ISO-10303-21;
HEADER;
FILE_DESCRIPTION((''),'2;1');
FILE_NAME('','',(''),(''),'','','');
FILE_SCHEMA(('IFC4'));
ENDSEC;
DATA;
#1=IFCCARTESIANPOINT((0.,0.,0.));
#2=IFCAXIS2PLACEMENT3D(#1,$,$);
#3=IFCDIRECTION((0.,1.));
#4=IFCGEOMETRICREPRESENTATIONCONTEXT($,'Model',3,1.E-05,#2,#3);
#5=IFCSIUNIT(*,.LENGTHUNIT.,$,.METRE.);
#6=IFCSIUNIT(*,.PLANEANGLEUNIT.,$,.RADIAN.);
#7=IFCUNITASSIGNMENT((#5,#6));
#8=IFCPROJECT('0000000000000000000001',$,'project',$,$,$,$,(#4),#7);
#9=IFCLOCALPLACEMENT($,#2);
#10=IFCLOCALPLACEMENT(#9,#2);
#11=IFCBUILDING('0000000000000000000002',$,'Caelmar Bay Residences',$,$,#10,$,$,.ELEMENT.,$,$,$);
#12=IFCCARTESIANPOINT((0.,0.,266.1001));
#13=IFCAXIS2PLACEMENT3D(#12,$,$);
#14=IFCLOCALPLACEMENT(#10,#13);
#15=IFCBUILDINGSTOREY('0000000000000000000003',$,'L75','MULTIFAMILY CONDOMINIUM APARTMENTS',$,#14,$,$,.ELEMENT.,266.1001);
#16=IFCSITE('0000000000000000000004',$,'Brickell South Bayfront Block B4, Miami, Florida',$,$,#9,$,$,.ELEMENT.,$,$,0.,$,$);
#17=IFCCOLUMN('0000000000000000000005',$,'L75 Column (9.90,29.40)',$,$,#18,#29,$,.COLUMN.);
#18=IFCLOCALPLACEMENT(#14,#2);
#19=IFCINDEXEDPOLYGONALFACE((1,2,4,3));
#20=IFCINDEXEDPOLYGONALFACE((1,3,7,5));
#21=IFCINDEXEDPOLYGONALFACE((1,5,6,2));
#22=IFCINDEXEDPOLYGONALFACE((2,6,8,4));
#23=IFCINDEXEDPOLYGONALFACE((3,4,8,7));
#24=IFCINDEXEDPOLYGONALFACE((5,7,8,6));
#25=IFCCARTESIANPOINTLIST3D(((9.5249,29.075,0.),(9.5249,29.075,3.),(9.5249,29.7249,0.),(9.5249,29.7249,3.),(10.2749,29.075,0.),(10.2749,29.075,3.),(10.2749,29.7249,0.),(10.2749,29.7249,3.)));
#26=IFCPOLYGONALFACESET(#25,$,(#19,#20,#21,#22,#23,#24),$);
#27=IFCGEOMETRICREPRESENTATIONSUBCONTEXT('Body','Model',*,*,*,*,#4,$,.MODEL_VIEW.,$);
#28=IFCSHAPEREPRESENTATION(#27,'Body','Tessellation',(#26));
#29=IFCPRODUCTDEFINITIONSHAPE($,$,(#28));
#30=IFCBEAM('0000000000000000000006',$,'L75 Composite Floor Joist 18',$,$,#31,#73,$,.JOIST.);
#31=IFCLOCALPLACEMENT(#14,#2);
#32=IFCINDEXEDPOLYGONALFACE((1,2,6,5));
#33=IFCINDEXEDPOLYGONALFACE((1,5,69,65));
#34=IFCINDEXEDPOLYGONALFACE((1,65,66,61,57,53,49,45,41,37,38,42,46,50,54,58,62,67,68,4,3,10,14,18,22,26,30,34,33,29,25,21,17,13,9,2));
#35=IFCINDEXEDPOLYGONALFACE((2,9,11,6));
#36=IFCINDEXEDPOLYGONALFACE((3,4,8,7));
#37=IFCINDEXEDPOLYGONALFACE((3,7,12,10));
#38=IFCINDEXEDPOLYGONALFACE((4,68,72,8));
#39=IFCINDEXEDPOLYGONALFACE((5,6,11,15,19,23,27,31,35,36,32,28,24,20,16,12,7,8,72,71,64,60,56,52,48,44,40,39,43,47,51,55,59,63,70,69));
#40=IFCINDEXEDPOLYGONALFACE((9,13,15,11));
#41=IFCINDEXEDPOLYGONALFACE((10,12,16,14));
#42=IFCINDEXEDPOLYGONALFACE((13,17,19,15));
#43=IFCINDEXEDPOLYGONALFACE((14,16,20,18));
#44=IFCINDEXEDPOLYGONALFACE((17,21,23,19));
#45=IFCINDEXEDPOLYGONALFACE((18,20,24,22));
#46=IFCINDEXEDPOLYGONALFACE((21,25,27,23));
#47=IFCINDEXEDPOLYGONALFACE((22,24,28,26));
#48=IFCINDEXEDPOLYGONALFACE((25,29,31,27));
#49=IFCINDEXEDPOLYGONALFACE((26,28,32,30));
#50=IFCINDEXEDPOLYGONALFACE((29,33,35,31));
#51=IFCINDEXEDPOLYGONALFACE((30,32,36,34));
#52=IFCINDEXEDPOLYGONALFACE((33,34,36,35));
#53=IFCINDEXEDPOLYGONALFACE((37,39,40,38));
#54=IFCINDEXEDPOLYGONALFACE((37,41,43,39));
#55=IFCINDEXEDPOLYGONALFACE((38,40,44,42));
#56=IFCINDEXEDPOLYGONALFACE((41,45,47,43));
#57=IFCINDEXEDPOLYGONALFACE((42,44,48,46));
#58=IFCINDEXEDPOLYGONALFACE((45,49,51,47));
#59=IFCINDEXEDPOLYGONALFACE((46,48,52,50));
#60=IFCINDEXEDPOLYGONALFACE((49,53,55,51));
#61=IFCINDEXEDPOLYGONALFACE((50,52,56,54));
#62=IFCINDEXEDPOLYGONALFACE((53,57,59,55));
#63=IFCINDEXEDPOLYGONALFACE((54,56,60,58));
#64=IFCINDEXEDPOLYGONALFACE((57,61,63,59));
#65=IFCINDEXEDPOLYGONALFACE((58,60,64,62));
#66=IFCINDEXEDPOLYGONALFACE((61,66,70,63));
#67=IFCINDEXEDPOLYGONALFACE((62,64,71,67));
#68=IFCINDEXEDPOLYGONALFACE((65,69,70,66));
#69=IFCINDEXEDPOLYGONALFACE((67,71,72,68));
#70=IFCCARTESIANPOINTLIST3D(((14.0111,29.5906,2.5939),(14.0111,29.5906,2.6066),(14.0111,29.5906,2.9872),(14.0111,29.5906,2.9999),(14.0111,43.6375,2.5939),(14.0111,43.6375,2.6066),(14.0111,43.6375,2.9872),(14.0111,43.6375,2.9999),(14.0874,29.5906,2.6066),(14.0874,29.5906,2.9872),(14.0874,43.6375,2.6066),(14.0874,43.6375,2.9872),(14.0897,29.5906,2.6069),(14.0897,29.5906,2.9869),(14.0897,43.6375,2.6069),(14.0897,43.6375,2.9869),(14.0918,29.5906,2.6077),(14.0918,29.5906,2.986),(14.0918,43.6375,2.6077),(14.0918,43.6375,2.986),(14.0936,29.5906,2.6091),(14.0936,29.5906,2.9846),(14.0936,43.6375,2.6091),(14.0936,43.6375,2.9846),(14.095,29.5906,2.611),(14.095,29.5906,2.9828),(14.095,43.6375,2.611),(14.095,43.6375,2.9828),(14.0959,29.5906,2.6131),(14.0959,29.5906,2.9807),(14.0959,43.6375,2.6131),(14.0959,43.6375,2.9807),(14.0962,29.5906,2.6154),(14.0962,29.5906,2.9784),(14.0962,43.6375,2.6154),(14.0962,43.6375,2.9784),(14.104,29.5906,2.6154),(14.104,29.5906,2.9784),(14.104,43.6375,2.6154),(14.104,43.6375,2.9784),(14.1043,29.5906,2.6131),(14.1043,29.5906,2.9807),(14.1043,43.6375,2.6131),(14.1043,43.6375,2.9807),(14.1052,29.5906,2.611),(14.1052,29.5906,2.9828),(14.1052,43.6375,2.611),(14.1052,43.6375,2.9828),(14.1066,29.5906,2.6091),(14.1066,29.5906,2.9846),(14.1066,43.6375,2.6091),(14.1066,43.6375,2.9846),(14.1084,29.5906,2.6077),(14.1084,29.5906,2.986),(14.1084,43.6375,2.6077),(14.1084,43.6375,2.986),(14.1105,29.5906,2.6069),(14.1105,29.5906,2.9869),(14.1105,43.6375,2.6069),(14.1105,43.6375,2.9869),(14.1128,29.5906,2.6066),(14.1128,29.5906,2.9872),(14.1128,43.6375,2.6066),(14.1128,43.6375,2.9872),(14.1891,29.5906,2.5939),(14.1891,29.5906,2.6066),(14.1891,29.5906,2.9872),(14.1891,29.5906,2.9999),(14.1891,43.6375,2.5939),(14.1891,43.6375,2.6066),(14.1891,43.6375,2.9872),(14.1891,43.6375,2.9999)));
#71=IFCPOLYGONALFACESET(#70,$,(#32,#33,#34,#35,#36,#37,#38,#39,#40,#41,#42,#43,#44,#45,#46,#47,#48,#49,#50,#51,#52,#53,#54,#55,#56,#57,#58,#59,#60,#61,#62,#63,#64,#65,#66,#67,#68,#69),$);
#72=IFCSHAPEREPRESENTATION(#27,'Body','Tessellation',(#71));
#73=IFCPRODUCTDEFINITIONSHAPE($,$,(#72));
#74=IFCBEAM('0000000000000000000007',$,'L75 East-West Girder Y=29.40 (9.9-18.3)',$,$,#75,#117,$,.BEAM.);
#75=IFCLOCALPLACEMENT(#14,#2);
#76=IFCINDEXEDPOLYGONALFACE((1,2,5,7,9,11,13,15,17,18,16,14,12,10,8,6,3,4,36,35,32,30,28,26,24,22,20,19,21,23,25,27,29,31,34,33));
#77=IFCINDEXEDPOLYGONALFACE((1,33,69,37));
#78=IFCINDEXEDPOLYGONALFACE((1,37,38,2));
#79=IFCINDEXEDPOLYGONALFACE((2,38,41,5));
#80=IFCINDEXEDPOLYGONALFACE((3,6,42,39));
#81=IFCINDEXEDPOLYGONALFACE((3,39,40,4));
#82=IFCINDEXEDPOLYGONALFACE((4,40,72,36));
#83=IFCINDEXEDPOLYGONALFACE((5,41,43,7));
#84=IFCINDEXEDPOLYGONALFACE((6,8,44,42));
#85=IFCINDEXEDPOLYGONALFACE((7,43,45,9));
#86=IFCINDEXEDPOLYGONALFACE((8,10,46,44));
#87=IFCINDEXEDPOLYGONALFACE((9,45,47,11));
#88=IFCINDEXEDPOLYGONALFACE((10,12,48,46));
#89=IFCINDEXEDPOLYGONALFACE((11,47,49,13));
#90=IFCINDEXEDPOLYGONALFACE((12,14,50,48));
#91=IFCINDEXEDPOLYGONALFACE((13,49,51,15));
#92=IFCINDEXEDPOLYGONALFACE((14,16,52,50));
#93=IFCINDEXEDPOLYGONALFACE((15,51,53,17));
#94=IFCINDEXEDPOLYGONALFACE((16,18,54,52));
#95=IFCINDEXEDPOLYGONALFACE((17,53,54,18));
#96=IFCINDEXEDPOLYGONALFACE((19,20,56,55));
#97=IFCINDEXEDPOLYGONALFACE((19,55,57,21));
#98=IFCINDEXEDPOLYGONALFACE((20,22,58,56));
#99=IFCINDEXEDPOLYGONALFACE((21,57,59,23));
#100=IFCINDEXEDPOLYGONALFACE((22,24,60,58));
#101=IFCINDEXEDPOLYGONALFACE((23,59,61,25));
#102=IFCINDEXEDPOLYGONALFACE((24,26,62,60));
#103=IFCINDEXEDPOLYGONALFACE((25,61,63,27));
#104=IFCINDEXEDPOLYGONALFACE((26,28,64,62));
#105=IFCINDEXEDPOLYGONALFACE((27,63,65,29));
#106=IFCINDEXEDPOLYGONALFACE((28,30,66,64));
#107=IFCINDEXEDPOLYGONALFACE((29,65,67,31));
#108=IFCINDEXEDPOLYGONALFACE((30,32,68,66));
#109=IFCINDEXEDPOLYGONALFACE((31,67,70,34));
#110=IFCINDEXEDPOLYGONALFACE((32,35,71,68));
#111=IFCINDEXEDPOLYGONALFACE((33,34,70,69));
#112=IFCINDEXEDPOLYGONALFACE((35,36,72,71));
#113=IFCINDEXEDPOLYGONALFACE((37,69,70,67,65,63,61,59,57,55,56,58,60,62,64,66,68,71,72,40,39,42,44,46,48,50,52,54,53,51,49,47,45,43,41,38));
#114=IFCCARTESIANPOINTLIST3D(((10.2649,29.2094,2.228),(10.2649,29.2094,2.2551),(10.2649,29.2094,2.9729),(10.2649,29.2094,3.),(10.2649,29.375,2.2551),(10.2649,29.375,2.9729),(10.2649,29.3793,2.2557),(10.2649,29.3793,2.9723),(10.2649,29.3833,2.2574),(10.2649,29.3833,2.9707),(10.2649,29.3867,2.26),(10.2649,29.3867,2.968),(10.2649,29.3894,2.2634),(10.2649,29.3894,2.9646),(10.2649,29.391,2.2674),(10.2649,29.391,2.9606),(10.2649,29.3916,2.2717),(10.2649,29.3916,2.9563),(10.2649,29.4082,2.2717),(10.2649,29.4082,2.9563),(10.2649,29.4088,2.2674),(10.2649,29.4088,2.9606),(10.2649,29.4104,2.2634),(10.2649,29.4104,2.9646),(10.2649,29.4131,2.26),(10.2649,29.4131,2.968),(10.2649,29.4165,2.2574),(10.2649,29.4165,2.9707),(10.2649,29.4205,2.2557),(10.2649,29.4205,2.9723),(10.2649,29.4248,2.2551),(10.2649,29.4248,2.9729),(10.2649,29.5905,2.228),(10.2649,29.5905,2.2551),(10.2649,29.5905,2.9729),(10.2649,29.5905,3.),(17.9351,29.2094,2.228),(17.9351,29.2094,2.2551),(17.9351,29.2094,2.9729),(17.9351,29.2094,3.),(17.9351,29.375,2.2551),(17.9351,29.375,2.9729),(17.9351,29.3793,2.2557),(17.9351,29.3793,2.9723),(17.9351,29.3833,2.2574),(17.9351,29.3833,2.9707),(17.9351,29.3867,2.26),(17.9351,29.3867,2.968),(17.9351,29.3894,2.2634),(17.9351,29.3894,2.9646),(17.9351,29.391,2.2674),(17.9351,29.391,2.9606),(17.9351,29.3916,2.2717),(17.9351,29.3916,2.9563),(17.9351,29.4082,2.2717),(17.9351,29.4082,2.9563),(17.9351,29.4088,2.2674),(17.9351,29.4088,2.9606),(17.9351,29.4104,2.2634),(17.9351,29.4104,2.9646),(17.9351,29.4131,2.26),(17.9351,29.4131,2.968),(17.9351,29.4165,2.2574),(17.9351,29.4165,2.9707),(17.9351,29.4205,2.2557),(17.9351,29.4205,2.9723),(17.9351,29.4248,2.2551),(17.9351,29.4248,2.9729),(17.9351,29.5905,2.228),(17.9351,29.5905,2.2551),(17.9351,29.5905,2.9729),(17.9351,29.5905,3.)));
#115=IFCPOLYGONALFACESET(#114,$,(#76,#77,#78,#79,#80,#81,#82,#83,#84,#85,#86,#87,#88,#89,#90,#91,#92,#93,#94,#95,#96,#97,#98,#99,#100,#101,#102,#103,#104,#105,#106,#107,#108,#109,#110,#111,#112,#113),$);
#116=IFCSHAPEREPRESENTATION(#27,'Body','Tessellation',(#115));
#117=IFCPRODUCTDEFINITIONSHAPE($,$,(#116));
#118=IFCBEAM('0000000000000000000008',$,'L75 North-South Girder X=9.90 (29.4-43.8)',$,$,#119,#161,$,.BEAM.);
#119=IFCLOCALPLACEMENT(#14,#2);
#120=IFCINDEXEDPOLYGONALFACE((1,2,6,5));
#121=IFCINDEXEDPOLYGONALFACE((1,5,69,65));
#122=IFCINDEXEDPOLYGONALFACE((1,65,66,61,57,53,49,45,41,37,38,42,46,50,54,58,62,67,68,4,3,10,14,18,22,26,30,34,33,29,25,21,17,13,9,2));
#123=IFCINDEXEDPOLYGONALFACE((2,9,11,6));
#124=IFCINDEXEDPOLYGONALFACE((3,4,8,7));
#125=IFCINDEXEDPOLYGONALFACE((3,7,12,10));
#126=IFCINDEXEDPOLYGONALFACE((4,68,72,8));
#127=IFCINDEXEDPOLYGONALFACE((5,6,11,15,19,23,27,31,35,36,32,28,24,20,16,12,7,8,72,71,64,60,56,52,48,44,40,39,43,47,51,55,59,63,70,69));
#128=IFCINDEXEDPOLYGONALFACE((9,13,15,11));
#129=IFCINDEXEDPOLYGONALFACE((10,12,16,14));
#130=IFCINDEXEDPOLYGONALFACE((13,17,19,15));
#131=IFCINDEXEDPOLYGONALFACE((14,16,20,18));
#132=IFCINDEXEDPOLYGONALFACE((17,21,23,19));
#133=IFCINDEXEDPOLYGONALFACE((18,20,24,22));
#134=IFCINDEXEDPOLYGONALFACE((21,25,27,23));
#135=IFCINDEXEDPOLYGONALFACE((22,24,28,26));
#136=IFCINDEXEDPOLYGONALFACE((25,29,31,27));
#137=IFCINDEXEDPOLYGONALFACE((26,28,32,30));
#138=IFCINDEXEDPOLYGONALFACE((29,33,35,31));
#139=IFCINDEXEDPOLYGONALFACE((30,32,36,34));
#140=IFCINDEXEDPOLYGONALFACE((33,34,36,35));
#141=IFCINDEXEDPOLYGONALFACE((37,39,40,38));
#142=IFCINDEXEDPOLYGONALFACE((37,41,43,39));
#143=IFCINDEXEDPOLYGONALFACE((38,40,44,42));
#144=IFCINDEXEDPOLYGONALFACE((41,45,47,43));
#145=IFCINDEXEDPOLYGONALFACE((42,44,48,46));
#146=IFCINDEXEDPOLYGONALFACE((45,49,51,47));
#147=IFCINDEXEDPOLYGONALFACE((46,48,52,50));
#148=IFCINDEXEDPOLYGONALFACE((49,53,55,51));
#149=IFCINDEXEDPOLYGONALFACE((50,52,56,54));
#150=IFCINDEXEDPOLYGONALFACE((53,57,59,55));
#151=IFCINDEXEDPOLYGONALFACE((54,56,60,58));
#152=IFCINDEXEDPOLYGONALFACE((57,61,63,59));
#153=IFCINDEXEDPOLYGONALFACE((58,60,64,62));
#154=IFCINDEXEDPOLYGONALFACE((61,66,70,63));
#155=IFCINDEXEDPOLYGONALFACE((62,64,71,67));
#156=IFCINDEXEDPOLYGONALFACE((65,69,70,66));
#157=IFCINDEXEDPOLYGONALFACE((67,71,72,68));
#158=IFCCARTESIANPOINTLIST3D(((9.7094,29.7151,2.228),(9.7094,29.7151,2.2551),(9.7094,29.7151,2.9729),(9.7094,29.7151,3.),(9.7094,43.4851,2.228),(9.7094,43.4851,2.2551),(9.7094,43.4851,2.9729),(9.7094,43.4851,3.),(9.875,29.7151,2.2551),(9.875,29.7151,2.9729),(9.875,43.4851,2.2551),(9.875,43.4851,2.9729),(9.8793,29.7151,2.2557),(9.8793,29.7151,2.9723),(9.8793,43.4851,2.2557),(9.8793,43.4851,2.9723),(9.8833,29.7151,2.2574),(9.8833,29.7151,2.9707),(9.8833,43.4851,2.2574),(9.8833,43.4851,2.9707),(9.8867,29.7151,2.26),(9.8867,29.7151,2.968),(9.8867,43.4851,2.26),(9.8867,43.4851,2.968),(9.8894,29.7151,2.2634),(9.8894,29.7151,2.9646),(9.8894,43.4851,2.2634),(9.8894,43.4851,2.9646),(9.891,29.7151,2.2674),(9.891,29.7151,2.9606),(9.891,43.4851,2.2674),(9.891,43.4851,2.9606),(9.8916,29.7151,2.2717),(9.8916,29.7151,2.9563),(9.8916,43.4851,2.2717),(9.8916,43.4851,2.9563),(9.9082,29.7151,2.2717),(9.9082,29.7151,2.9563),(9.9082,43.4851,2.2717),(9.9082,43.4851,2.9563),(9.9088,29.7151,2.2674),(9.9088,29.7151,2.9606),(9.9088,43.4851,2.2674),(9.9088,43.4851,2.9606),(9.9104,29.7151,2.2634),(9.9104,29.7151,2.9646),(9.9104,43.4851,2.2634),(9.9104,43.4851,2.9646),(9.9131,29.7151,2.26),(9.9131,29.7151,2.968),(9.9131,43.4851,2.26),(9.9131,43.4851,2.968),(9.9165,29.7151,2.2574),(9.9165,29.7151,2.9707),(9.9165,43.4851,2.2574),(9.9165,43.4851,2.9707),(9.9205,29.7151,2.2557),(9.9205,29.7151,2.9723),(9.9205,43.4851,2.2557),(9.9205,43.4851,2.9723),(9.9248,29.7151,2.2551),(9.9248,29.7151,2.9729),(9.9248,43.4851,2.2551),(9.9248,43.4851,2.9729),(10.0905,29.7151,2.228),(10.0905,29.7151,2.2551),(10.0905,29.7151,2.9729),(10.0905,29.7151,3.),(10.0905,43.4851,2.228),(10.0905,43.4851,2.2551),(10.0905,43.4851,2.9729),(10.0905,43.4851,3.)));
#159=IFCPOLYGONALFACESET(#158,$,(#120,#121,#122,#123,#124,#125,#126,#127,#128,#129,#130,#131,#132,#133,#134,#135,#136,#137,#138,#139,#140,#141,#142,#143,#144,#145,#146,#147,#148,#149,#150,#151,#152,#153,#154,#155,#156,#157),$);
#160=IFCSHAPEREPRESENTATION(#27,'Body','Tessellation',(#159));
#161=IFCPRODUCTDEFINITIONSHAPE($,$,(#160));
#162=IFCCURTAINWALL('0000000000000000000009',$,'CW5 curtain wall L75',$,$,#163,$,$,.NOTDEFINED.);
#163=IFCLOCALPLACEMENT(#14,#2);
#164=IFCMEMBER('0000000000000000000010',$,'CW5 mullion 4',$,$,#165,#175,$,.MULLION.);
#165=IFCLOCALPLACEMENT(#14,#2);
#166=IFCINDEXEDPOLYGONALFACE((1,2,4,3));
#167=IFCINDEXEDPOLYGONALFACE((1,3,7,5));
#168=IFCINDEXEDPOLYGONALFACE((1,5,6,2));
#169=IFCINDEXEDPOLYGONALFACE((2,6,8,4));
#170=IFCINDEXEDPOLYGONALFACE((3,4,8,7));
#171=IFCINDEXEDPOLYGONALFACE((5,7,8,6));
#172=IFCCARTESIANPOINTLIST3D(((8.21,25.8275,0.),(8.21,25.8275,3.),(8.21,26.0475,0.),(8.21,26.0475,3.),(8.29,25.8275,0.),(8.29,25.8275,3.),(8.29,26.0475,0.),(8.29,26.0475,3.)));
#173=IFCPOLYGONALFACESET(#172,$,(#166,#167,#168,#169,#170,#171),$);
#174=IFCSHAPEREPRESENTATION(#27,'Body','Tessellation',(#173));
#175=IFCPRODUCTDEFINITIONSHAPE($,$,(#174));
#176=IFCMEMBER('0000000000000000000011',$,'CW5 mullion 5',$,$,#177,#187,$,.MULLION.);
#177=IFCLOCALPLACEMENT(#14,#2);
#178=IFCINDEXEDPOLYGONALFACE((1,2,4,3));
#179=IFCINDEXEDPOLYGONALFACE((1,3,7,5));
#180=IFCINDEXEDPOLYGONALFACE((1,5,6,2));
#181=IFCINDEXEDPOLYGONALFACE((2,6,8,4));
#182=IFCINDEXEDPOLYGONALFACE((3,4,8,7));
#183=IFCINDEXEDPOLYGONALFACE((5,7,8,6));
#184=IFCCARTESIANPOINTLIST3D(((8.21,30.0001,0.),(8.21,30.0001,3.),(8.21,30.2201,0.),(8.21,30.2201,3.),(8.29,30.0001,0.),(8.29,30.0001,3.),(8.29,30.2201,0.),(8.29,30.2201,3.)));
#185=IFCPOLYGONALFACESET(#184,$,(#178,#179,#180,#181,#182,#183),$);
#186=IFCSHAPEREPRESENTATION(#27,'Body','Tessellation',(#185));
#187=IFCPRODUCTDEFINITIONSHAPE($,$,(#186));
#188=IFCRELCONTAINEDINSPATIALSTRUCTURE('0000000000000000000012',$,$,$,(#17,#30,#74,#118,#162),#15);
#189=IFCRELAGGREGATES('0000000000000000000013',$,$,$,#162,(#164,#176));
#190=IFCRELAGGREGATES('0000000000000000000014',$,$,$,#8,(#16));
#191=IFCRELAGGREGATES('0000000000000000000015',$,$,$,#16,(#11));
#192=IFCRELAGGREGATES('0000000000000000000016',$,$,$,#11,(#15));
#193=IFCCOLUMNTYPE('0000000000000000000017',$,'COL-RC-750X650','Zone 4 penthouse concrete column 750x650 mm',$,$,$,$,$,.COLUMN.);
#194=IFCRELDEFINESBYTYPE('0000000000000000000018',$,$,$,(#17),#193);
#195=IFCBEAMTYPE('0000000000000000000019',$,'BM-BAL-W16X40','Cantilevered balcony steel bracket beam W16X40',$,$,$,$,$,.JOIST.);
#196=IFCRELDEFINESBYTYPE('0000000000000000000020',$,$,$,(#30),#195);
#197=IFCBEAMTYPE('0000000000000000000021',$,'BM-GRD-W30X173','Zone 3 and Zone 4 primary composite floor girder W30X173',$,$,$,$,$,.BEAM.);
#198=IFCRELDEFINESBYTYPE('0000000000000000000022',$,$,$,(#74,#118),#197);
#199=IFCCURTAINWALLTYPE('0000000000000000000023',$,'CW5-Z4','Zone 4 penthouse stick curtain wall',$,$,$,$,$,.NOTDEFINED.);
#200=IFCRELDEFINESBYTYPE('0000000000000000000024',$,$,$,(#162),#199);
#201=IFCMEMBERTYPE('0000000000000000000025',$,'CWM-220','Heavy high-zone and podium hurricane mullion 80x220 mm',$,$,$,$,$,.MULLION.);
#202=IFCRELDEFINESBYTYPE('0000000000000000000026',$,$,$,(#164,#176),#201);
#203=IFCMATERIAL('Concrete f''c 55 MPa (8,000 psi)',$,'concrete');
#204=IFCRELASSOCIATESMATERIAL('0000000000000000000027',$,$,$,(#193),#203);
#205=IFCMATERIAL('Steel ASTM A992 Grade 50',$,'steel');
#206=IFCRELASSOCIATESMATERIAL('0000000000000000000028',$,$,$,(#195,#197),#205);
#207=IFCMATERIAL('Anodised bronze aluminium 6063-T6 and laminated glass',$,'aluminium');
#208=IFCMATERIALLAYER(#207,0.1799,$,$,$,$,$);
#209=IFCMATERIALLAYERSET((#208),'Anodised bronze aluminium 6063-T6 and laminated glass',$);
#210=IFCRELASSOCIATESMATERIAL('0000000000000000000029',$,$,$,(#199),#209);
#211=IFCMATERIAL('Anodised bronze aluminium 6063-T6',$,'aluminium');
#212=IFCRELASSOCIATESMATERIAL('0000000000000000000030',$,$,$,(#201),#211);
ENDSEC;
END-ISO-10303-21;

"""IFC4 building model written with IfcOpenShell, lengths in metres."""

from ifc_helpers import new_model, si_unit, direction, frame, origin, origin_2d, place, context, subcontext, project, spatial, rectangle, i_section, extrude, material, layer, layer_set, material_profile, profile_set, type_object, element, aggregate, save


model = new_model("IFC4")

# Units and contexts
model_context = context("Model", 3, precision=1e-05, world=origin(), true_north=direction((0.0, 1.0)))
body_context = subcontext(model_context, "Body", "Model", "MODEL_VIEW")
ifc_project = project(units=[si_unit("LENGTHUNIT", "METRE"), si_unit("PLANEANGLEUNIT", "RADIAN")], contexts=[model_context])

# Site, building, storey
site_placement = place(None, origin())
site = spatial("IfcSite", under=ifc_project, at=site_placement, Name="Brickell South Bayfront Block B4, Miami, Florida", CompositionType="ELEMENT", RefElevation=0.0)
building_placement = place(site_placement, origin())
building = spatial("IfcBuilding", under=site, at=building_placement, Name="Caelmar Bay Residences", CompositionType="ELEMENT")
storey_placement = place(building_placement, frame((0.0, 0.0, 266.1001)))
storey = spatial("IfcBuildingStorey", under=building, at=storey_placement, Name="L75", Description="MULTIFAMILY CONDOMINIUM APARTMENTS", CompositionType="ELEMENT", Elevation=266.1001)

# Column
ifc_material_1 = material(Name="Concrete f'c 55 MPa (8,000 psi)", Category="concrete")
ifc_material_profile_1 = material_profile(ifc_material_1, rectangle(XDim=0.75, YDim=0.6499, at=origin_2d()), Name="RC-COL-750X650")
ifc_profile_set_1 = profile_set([ifc_material_profile_1], Name="Concrete f'c 55 MPa (8,000 psi)")
column_type = type_object("IfcColumnType", Name="COL-RC-750X650", Description="Zone 4 penthouse concrete column 750x650 mm", PredefinedType="COLUMN", material=ifc_profile_set_1)
column_placement = place(storey_placement, frame((9.8999, 29.3999, 0.0), z_axis=(0.0, 0.0, 1.0), x_axis=(1.0, 0.0, 0.0)))
element("IfcColumn", 1, at=column_placement, inside=storey, type_object=column_type, Name="L75 Column (9.90,29.40)", PredefinedType="COLUMN", context=body_context, shape_type="SweptSolid", body=[
    extrude(rectangle(XDim=0.75, YDim=0.6499, at=origin_2d()), origin(), (0.0, 0.0, 1.0), 3.0),
])

# Beams
ifc_material_2 = material(Name="Steel ASTM A992 Grade 50", Category="steel")
ifc_material_profile_2 = material_profile(ifc_material_2, i_section(OverallWidth=0.178, OverallDepth=0.406, WebThickness=0.0078, FlangeThickness=0.0127, FilletRadius=0.0088, at=origin_2d()), Name="W16X40")
ifc_profile_set_2 = profile_set([ifc_material_profile_2], Name="Steel ASTM A992 Grade 50")
beam_type_1 = type_object("IfcBeamType", Name="BM-BAL-W16X40", Description="Cantilevered balcony steel bracket beam W16X40", PredefinedType="JOIST", material=ifc_profile_set_2)
beam_1_placement = place(storey_placement, frame((14.1001, 29.5906, 2.7969), z_axis=(0.0, 1.0, 0.0), x_axis=(-1.0, 0.0, 0.0)))
element("IfcBeam", 2, at=beam_1_placement, inside=storey, type_object=beam_type_1, Name="L75 Composite Floor Joist 18", PredefinedType="JOIST", context=body_context, shape_type="SweptSolid", body=[
    extrude(i_section(OverallWidth=0.178, OverallDepth=0.406, WebThickness=0.0078, FlangeThickness=0.0127, FilletRadius=0.0088, at=origin_2d()), origin(), (0.0, 0.0, 1.0), 14.0469),
])
ifc_material_profile_3 = material_profile(ifc_material_2, i_section(OverallWidth=0.3811, OverallDepth=0.772, WebThickness=0.0166, FlangeThickness=0.0271, FilletRadius=0.0166, at=origin_2d()), Name="W30X173")
ifc_profile_set_3 = profile_set([ifc_material_profile_3], Name="Steel ASTM A992 Grade 50")
beam_type_2 = type_object("IfcBeamType", Name="BM-GRD-W30X173", Description="Zone 3 and Zone 4 primary composite floor girder W30X173", PredefinedType="BEAM", material=ifc_profile_set_3)
beam_2_placement = place(storey_placement, frame((10.2649, 29.3999, 2.614), z_axis=(1.0, 0.0, 0.0), x_axis=(0.0, 1.0, 0.0)))
element("IfcBeam", 3, at=beam_2_placement, inside=storey, type_object=beam_type_2, Name="L75 East-West Girder Y=29.40 (9.9-18.3)", PredefinedType="BEAM", context=body_context, shape_type="SweptSolid", body=[
    extrude(i_section(OverallWidth=0.3811, OverallDepth=0.772, WebThickness=0.0166, FlangeThickness=0.0271, FilletRadius=0.0166, at=origin_2d()), origin(), (0.0, 0.0, 1.0), 7.6702),
])
beam_3_placement = place(storey_placement, frame((9.8999, 29.7151, 2.614), z_axis=(0.0, 1.0, 0.0), x_axis=(-1.0, 0.0, 0.0)))
element("IfcBeam", 4, at=beam_3_placement, inside=storey, type_object=beam_type_2, Name="L75 North-South Girder X=9.90 (29.4-43.8)", PredefinedType="BEAM", context=body_context, shape_type="SweptSolid", body=[
    extrude(i_section(OverallWidth=0.3811, OverallDepth=0.772, WebThickness=0.0166, FlangeThickness=0.0271, FilletRadius=0.0166, at=origin_2d()), origin(), (0.0, 0.0, 1.0), 13.77),
])

# Curtain wall, members
ifc_material_3 = material(Name="Anodised bronze aluminium 6063-T6 and laminated glass", Category="aluminium")
ifc_layer_1 = layer(ifc_material_3, 0.1799)
ifc_layer_set_1 = layer_set([ifc_layer_1], Name="Anodised bronze aluminium 6063-T6 and laminated glass")
curtain_wall_type = type_object("IfcCurtainWallType", Name="CW5-Z4", Description="Zone 4 penthouse stick curtain wall", PredefinedType="NOTDEFINED", material=ifc_layer_set_1)
curtain_wall_placement = place(storey_placement, origin())
curtain_wall = element("IfcCurtainWall", 5, at=curtain_wall_placement, inside=storey, type_object=curtain_wall_type, Name="CW5 curtain wall L75", PredefinedType="NOTDEFINED")
ifc_material_4 = material(Name="Anodised bronze aluminium 6063-T6", Category="aluminium")
ifc_material_profile_4 = material_profile(ifc_material_4, rectangle(XDim=0.0801, YDim=0.22, at=origin_2d()), Name="CWM-80X220")
ifc_profile_set_4 = profile_set([ifc_material_profile_4], Name="Anodised bronze aluminium 6063-T6")
member_type_1 = type_object("IfcMemberType", Name="CWM-220", Description="Heavy high-zone and podium hurricane mullion 80x220 mm", PredefinedType="MULLION", material=ifc_profile_set_4)
member_1_placement = place(storey_placement, frame((8.25, 25.9375, 0.0), z_axis=(0.0, 0.0, 1.0), x_axis=(-1.0, 0.0, 0.0)))
member_1 = element("IfcMember", 6, at=member_1_placement, type_object=member_type_1, Name="CW5 mullion 4", PredefinedType="MULLION", context=body_context, shape_type="SweptSolid", body=[
    extrude(rectangle(XDim=0.0801, YDim=0.22, at=origin_2d()), origin(), (0.0, 0.0, 1.0), 3.0),
])
member_2_placement = place(storey_placement, frame((8.25, 30.1101, 0.0), z_axis=(0.0, 0.0, 1.0), x_axis=(-1.0, 0.0, 0.0)))
member_2 = element("IfcMember", 7, at=member_2_placement, type_object=member_type_1, Name="CW5 mullion 5", PredefinedType="MULLION", context=body_context, shape_type="SweptSolid", body=[
    extrude(rectangle(XDim=0.0801, YDim=0.22, at=origin_2d()), origin(), (0.0, 0.0, 1.0), 3.0),
])
aggregate(curtain_wall, [member_1, member_2])

save(model, "model.ifc")
